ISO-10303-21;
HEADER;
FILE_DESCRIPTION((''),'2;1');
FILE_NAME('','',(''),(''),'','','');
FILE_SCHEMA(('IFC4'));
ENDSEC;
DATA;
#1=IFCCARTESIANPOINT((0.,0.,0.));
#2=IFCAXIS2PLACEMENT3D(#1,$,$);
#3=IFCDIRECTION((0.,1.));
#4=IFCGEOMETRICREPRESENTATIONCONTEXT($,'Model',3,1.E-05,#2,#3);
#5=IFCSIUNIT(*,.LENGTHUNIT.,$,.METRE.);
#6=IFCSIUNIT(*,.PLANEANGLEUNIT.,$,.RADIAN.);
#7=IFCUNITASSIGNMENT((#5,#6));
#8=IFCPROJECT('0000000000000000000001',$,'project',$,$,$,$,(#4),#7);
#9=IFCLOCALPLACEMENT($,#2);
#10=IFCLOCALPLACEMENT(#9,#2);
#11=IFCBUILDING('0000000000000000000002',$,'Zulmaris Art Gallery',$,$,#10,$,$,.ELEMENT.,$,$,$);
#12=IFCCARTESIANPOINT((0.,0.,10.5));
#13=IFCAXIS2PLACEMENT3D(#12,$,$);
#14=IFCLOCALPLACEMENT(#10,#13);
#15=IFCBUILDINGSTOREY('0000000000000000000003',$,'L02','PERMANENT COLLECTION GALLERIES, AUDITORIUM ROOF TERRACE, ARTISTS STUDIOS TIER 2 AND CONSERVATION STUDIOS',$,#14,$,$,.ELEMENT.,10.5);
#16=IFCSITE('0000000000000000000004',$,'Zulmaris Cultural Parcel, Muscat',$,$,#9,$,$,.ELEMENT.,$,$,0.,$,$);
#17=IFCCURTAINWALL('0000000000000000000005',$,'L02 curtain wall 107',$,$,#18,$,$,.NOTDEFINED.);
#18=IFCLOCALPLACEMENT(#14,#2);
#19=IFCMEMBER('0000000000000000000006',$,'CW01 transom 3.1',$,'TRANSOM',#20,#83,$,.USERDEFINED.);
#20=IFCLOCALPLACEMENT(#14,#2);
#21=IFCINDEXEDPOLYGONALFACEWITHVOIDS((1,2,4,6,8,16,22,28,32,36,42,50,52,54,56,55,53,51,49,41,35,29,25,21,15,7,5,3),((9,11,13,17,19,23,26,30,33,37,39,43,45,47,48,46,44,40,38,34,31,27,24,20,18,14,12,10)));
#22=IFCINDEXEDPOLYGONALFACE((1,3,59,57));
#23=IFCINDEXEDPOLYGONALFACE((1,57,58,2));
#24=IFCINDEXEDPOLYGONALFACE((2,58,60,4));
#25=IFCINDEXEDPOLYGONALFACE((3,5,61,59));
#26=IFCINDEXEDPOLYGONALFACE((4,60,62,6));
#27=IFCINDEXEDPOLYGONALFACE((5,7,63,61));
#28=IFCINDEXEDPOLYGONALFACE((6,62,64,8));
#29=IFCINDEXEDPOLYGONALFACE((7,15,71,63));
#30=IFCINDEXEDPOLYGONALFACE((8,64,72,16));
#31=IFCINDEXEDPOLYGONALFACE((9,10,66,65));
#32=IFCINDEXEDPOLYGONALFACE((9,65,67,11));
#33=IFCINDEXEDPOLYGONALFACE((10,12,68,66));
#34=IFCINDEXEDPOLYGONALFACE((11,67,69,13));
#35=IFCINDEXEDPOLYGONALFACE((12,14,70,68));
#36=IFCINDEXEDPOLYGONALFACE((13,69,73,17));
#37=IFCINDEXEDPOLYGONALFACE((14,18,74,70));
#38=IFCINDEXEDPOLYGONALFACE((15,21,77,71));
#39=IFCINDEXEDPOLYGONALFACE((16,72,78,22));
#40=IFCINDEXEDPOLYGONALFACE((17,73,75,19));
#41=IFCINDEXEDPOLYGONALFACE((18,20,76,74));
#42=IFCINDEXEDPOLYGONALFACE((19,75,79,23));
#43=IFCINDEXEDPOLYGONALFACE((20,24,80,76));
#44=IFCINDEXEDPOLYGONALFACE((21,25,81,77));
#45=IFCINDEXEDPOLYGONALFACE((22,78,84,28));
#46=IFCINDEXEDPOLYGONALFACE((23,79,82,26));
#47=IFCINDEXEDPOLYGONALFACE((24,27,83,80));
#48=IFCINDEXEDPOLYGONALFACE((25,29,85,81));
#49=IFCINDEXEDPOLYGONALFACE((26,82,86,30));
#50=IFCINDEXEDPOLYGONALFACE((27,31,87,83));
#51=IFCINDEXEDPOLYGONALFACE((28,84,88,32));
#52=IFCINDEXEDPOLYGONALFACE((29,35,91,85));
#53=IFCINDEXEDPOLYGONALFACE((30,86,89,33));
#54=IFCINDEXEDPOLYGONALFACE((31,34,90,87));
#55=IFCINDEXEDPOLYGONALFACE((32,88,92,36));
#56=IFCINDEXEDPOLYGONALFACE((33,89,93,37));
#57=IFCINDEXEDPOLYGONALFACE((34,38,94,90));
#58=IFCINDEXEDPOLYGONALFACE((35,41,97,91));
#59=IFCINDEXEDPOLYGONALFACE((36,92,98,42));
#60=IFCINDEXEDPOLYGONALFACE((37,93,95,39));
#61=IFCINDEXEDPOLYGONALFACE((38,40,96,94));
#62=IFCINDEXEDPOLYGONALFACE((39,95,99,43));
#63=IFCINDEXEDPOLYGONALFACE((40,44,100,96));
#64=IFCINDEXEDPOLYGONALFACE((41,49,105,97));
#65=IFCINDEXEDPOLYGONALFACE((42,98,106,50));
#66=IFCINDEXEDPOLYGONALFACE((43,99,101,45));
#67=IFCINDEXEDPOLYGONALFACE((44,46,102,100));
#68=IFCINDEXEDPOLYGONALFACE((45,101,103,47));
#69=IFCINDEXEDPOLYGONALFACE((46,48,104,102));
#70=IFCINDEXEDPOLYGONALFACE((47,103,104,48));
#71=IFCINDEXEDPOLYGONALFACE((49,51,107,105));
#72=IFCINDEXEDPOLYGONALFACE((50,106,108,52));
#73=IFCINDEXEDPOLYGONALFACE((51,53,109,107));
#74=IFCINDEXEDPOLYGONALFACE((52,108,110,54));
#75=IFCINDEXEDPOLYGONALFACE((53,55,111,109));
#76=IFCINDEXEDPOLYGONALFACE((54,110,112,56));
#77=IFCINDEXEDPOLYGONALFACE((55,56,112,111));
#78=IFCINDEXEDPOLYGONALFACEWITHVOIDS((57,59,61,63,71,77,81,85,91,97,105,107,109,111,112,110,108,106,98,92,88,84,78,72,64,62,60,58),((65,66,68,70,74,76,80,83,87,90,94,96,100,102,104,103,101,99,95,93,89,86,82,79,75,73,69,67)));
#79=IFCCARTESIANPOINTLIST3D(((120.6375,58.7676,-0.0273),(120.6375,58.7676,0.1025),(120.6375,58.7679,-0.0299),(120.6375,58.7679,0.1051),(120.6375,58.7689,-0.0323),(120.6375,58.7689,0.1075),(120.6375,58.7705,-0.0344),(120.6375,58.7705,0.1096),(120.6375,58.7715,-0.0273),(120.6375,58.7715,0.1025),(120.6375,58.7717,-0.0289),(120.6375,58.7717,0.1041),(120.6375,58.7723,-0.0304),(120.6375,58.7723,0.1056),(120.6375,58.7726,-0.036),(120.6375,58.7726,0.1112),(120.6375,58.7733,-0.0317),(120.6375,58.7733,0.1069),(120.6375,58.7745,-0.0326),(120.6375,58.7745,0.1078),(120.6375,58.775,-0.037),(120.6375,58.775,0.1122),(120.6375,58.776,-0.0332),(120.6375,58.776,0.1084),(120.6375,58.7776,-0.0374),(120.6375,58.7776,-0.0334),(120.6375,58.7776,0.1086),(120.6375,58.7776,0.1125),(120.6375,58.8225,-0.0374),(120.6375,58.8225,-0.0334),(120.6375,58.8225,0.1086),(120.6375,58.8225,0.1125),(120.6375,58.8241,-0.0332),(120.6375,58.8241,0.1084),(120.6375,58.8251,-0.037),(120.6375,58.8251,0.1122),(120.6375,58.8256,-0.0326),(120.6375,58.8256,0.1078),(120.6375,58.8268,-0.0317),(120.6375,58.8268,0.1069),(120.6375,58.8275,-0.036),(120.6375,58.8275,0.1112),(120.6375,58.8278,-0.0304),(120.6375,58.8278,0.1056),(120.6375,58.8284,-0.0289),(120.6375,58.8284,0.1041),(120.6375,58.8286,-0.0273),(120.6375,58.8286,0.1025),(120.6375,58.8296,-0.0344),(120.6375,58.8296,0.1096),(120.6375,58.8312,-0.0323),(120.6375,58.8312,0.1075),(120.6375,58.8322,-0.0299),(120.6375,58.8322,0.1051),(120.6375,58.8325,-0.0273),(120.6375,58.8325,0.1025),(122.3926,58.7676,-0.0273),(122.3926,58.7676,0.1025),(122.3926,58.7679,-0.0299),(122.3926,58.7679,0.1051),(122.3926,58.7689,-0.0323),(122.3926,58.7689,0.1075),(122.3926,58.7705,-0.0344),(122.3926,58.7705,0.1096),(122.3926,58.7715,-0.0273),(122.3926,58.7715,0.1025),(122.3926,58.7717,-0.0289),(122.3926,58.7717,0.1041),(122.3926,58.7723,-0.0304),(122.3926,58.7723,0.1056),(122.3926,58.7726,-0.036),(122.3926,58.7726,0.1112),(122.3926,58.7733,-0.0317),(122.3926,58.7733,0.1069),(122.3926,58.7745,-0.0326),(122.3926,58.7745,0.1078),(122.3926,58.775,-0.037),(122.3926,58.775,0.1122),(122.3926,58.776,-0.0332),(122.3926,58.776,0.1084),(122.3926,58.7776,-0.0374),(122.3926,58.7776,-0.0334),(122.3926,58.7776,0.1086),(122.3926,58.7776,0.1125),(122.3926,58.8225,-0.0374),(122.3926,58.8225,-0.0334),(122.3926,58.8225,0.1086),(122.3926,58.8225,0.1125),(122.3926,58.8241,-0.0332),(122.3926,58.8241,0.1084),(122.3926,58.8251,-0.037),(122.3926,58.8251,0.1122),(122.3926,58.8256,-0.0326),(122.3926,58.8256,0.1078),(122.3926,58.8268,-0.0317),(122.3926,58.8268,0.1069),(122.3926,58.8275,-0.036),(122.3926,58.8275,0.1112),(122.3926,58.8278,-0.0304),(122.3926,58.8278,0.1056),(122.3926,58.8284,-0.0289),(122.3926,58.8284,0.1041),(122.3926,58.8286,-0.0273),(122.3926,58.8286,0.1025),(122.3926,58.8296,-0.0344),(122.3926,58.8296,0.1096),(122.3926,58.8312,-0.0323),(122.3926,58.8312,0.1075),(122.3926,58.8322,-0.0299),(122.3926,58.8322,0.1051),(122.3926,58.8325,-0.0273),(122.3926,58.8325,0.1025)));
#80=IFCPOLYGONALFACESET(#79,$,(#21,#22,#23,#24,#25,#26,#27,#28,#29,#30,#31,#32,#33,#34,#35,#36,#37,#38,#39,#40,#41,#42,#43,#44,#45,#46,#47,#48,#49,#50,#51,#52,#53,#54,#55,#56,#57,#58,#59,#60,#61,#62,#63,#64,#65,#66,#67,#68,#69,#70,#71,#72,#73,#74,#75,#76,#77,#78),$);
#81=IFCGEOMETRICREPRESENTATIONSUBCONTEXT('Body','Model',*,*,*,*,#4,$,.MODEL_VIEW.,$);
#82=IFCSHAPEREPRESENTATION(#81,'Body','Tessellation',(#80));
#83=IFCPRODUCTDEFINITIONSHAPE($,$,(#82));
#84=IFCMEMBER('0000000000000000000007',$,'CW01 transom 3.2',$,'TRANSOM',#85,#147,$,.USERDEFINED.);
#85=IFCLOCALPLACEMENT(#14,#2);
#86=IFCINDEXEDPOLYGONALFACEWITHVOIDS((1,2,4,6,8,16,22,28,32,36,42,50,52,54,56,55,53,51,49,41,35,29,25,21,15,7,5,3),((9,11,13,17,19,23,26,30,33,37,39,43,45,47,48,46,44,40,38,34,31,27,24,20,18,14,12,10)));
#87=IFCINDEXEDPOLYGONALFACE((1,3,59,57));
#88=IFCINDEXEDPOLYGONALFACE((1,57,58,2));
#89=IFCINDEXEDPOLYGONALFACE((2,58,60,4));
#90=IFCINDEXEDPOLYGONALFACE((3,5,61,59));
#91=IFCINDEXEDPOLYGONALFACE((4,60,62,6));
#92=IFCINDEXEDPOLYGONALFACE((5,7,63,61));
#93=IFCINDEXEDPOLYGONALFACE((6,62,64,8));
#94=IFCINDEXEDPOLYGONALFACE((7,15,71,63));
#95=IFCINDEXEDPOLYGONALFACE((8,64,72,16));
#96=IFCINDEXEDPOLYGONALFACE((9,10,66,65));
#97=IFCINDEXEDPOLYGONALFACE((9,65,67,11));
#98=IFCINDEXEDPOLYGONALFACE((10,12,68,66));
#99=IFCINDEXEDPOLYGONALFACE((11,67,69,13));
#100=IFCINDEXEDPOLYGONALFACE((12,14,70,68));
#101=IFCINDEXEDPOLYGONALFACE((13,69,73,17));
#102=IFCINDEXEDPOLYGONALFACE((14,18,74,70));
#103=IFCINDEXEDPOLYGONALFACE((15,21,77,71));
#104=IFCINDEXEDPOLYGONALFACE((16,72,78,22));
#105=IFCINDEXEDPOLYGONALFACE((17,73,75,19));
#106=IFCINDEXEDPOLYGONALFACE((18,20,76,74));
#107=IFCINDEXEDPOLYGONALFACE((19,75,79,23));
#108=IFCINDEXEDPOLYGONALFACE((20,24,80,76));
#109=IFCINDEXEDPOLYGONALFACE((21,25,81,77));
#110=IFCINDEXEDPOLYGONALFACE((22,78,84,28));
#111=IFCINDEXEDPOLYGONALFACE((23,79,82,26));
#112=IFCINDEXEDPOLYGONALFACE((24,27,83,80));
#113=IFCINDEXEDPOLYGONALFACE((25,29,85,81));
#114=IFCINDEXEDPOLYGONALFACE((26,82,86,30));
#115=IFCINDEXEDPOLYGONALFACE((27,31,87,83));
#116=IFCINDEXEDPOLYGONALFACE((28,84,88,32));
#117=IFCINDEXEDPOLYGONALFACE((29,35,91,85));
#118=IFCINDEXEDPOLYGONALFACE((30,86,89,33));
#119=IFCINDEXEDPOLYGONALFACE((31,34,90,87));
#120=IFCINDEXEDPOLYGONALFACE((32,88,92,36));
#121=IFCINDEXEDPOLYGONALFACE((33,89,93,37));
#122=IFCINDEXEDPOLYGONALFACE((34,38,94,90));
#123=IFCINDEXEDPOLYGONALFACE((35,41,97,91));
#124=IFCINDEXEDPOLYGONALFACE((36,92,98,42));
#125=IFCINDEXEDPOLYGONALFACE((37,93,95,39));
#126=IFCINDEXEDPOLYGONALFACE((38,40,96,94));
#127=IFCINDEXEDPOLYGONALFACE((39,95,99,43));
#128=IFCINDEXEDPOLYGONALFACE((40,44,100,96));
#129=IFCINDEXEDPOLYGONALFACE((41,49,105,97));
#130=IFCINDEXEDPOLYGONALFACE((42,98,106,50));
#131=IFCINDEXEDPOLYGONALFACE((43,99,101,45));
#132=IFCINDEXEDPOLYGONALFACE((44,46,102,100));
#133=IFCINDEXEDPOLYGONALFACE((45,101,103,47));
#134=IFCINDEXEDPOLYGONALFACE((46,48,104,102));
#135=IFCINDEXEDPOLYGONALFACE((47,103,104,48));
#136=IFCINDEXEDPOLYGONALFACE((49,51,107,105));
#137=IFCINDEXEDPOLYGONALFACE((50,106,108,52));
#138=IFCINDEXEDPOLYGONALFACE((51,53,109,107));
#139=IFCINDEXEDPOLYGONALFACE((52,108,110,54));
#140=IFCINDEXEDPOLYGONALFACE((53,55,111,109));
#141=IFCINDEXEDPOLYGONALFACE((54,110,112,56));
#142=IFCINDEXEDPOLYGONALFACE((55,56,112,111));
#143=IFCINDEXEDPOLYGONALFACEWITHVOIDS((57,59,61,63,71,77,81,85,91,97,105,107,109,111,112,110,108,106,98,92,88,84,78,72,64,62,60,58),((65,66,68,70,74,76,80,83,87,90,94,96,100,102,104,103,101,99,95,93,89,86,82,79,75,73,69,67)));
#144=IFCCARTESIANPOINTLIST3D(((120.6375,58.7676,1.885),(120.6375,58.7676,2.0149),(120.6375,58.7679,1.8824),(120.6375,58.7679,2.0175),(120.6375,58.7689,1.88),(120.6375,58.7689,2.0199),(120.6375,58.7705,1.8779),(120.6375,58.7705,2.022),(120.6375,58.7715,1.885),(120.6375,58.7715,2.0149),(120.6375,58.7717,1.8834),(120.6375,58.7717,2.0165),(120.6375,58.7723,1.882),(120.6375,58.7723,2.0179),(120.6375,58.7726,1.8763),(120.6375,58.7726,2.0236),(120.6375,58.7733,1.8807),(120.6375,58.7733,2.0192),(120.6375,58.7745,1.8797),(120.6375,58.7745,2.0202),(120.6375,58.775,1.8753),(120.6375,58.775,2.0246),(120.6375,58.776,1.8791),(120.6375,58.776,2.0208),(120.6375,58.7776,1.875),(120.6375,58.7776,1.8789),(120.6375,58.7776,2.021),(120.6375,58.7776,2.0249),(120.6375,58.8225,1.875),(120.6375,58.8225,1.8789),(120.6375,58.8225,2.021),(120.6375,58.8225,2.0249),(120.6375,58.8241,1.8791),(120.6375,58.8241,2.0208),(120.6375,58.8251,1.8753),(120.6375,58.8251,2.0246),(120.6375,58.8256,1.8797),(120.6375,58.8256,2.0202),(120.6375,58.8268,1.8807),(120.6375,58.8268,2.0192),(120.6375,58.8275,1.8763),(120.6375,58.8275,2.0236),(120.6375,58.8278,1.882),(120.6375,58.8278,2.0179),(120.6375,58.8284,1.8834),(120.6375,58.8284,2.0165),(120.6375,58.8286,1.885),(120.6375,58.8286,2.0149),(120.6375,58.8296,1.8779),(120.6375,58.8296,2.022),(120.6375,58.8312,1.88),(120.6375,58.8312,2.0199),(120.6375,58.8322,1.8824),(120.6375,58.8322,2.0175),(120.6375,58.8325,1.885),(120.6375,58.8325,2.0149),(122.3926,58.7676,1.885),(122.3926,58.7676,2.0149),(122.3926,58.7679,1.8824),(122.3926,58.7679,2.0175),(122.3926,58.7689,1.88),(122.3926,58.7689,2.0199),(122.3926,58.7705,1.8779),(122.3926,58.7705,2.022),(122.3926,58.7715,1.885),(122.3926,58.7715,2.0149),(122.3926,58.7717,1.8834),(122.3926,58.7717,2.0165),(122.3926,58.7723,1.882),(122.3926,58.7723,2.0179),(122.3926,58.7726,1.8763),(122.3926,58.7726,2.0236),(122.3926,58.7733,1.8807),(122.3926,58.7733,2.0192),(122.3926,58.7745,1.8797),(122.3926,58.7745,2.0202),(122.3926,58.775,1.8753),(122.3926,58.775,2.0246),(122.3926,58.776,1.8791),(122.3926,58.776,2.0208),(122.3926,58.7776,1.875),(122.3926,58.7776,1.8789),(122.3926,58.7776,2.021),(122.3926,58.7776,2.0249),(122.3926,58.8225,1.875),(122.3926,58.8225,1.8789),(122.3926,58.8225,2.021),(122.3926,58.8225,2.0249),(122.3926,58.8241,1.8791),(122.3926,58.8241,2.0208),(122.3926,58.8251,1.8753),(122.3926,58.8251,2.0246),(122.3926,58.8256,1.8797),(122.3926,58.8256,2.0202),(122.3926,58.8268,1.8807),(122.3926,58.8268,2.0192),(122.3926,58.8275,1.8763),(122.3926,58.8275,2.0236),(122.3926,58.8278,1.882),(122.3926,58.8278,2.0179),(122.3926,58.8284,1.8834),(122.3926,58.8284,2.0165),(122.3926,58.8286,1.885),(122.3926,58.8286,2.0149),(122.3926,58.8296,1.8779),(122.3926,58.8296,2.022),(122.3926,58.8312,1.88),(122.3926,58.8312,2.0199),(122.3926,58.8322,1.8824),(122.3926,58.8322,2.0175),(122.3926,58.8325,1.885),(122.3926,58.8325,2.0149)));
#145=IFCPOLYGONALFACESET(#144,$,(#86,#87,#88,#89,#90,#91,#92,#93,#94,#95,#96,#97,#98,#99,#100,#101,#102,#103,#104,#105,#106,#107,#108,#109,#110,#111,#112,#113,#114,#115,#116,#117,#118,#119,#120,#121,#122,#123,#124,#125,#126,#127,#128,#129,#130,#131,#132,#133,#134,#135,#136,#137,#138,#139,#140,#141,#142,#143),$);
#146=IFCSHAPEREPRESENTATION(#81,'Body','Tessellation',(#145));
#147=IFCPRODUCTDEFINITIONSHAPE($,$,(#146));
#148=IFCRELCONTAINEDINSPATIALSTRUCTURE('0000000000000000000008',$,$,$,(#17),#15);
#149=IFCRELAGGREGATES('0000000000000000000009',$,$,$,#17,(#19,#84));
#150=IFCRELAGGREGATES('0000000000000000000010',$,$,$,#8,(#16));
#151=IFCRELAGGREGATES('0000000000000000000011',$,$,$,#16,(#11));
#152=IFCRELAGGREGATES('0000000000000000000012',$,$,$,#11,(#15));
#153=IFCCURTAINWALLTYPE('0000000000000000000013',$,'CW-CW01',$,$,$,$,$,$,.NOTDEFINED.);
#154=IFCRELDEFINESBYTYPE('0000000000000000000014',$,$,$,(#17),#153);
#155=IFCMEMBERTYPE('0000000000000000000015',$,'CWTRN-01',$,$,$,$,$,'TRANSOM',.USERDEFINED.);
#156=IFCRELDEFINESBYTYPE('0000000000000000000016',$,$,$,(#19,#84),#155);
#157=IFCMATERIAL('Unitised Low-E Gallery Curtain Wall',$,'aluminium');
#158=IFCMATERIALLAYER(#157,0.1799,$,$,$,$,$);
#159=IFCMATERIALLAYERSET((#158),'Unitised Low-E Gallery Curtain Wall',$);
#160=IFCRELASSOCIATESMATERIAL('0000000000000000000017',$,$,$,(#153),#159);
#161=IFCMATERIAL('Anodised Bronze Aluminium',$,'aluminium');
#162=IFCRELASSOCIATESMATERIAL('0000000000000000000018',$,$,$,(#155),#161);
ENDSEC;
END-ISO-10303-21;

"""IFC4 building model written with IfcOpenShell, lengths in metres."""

from ifc_helpers import new_model, si_unit, direction, frame, origin, origin_2d, place, context, subcontext, project, spatial, hollow_rectangle, extrude, material, layer, layer_set, material_profile, profile_set, type_object, element, aggregate, save


model = new_model("IFC4")

# Units and contexts
model_context = context("Model", 3, precision=1e-05, world=origin(), true_north=direction((0.0, 1.0)))
body_context = subcontext(model_context, "Body", "Model", "MODEL_VIEW")
ifc_project = project(units=[si_unit("LENGTHUNIT", "METRE"), si_unit("PLANEANGLEUNIT", "RADIAN")], contexts=[model_context])

# Site, building, storey
site_placement = place(None, origin())
site = spatial("IfcSite", under=ifc_project, at=site_placement, Name="Zulmaris Cultural Parcel, Muscat", CompositionType="ELEMENT", RefElevation=0.0)
building_placement = place(site_placement, origin())
building = spatial("IfcBuilding", under=site, at=building_placement, Name="Zulmaris Art Gallery", CompositionType="ELEMENT")
storey_placement = place(building_placement, frame((0.0, 0.0, 10.5)))
storey = spatial("IfcBuildingStorey", under=building, at=storey_placement, Name="L02", Description="PERMANENT COLLECTION GALLERIES, AUDITORIUM ROOF TERRACE, ARTISTS STUDIOS TIER 2 AND CONSERVATION STUDIOS", CompositionType="ELEMENT", Elevation=10.5)

# Curtain wall
ifc_material_1 = material(Name="Unitised Low-E Gallery Curtain Wall", Category="aluminium")
ifc_layer_1 = layer(ifc_material_1, 0.1799)
ifc_layer_set_1 = layer_set([ifc_layer_1], Name="Unitised Low-E Gallery Curtain Wall")
curtain_wall_type = type_object("IfcCurtainWallType", Name="CW-CW01", PredefinedType="NOTDEFINED", material=ifc_layer_set_1)
curtain_wall_1_placement = place(storey_placement, origin())
curtain_wall_1 = element("IfcCurtainWall", 1, at=curtain_wall_1_placement, inside=storey, type_object=curtain_wall_type, Name="L02 curtain wall 107", PredefinedType="NOTDEFINED")
ifc_material_2 = material(Name="Anodised Bronze Aluminium", Category="aluminium")

# Members
ifc_material_profile_1 = material_profile(ifc_material_2, hollow_rectangle(XDim=0.0649, YDim=0.1499, WallThickness=0.0039, InnerFilletRadius=0.0061, OuterFilletRadius=0.01, at=origin_2d()), Name="ALU 65x150x4")
ifc_profile_set_1 = profile_set([ifc_material_profile_1], Name="Anodised Bronze Aluminium")
member_type_1 = type_object("IfcMemberType", Name="CWTRN-01", ElementType="TRANSOM", PredefinedType="USERDEFINED", material=ifc_profile_set_1)
member_1_placement = place(storey_placement, frame((120.6375, 58.8, 0.0376), z_axis=(1.0, 0.0, 0.0), x_axis=(0.0, 1.0, 0.0)))
member_1 = element("IfcMember", 2, at=member_1_placement, type_object=member_type_1, Name="CW01 transom 3.1", ObjectType="TRANSOM", PredefinedType="USERDEFINED", context=body_context, shape_type="SweptSolid", body=[
    extrude(hollow_rectangle(XDim=0.0649, YDim=0.1499, WallThickness=0.0039, InnerFilletRadius=0.0061, OuterFilletRadius=0.01, at=origin_2d()), origin(), (0.0, 0.0, 1.0), 1.7551),
])
member_2_placement = place(storey_placement, frame((120.6375, 58.8, 1.95), z_axis=(1.0, 0.0, 0.0), x_axis=(0.0, 1.0, 0.0)))
member_2 = element("IfcMember", 3, at=member_2_placement, type_object=member_type_1, Name="CW01 transom 3.2", ObjectType="TRANSOM", PredefinedType="USERDEFINED", context=body_context, shape_type="SweptSolid", body=[
    extrude(hollow_rectangle(XDim=0.0649, YDim=0.1499, WallThickness=0.0039, InnerFilletRadius=0.0061, OuterFilletRadius=0.01, at=origin_2d()), origin(), (0.0, 0.0, 1.0), 1.7551),
])

aggregate(curtain_wall_1, [member_1, member_2])

save(model, "model.ifc")
